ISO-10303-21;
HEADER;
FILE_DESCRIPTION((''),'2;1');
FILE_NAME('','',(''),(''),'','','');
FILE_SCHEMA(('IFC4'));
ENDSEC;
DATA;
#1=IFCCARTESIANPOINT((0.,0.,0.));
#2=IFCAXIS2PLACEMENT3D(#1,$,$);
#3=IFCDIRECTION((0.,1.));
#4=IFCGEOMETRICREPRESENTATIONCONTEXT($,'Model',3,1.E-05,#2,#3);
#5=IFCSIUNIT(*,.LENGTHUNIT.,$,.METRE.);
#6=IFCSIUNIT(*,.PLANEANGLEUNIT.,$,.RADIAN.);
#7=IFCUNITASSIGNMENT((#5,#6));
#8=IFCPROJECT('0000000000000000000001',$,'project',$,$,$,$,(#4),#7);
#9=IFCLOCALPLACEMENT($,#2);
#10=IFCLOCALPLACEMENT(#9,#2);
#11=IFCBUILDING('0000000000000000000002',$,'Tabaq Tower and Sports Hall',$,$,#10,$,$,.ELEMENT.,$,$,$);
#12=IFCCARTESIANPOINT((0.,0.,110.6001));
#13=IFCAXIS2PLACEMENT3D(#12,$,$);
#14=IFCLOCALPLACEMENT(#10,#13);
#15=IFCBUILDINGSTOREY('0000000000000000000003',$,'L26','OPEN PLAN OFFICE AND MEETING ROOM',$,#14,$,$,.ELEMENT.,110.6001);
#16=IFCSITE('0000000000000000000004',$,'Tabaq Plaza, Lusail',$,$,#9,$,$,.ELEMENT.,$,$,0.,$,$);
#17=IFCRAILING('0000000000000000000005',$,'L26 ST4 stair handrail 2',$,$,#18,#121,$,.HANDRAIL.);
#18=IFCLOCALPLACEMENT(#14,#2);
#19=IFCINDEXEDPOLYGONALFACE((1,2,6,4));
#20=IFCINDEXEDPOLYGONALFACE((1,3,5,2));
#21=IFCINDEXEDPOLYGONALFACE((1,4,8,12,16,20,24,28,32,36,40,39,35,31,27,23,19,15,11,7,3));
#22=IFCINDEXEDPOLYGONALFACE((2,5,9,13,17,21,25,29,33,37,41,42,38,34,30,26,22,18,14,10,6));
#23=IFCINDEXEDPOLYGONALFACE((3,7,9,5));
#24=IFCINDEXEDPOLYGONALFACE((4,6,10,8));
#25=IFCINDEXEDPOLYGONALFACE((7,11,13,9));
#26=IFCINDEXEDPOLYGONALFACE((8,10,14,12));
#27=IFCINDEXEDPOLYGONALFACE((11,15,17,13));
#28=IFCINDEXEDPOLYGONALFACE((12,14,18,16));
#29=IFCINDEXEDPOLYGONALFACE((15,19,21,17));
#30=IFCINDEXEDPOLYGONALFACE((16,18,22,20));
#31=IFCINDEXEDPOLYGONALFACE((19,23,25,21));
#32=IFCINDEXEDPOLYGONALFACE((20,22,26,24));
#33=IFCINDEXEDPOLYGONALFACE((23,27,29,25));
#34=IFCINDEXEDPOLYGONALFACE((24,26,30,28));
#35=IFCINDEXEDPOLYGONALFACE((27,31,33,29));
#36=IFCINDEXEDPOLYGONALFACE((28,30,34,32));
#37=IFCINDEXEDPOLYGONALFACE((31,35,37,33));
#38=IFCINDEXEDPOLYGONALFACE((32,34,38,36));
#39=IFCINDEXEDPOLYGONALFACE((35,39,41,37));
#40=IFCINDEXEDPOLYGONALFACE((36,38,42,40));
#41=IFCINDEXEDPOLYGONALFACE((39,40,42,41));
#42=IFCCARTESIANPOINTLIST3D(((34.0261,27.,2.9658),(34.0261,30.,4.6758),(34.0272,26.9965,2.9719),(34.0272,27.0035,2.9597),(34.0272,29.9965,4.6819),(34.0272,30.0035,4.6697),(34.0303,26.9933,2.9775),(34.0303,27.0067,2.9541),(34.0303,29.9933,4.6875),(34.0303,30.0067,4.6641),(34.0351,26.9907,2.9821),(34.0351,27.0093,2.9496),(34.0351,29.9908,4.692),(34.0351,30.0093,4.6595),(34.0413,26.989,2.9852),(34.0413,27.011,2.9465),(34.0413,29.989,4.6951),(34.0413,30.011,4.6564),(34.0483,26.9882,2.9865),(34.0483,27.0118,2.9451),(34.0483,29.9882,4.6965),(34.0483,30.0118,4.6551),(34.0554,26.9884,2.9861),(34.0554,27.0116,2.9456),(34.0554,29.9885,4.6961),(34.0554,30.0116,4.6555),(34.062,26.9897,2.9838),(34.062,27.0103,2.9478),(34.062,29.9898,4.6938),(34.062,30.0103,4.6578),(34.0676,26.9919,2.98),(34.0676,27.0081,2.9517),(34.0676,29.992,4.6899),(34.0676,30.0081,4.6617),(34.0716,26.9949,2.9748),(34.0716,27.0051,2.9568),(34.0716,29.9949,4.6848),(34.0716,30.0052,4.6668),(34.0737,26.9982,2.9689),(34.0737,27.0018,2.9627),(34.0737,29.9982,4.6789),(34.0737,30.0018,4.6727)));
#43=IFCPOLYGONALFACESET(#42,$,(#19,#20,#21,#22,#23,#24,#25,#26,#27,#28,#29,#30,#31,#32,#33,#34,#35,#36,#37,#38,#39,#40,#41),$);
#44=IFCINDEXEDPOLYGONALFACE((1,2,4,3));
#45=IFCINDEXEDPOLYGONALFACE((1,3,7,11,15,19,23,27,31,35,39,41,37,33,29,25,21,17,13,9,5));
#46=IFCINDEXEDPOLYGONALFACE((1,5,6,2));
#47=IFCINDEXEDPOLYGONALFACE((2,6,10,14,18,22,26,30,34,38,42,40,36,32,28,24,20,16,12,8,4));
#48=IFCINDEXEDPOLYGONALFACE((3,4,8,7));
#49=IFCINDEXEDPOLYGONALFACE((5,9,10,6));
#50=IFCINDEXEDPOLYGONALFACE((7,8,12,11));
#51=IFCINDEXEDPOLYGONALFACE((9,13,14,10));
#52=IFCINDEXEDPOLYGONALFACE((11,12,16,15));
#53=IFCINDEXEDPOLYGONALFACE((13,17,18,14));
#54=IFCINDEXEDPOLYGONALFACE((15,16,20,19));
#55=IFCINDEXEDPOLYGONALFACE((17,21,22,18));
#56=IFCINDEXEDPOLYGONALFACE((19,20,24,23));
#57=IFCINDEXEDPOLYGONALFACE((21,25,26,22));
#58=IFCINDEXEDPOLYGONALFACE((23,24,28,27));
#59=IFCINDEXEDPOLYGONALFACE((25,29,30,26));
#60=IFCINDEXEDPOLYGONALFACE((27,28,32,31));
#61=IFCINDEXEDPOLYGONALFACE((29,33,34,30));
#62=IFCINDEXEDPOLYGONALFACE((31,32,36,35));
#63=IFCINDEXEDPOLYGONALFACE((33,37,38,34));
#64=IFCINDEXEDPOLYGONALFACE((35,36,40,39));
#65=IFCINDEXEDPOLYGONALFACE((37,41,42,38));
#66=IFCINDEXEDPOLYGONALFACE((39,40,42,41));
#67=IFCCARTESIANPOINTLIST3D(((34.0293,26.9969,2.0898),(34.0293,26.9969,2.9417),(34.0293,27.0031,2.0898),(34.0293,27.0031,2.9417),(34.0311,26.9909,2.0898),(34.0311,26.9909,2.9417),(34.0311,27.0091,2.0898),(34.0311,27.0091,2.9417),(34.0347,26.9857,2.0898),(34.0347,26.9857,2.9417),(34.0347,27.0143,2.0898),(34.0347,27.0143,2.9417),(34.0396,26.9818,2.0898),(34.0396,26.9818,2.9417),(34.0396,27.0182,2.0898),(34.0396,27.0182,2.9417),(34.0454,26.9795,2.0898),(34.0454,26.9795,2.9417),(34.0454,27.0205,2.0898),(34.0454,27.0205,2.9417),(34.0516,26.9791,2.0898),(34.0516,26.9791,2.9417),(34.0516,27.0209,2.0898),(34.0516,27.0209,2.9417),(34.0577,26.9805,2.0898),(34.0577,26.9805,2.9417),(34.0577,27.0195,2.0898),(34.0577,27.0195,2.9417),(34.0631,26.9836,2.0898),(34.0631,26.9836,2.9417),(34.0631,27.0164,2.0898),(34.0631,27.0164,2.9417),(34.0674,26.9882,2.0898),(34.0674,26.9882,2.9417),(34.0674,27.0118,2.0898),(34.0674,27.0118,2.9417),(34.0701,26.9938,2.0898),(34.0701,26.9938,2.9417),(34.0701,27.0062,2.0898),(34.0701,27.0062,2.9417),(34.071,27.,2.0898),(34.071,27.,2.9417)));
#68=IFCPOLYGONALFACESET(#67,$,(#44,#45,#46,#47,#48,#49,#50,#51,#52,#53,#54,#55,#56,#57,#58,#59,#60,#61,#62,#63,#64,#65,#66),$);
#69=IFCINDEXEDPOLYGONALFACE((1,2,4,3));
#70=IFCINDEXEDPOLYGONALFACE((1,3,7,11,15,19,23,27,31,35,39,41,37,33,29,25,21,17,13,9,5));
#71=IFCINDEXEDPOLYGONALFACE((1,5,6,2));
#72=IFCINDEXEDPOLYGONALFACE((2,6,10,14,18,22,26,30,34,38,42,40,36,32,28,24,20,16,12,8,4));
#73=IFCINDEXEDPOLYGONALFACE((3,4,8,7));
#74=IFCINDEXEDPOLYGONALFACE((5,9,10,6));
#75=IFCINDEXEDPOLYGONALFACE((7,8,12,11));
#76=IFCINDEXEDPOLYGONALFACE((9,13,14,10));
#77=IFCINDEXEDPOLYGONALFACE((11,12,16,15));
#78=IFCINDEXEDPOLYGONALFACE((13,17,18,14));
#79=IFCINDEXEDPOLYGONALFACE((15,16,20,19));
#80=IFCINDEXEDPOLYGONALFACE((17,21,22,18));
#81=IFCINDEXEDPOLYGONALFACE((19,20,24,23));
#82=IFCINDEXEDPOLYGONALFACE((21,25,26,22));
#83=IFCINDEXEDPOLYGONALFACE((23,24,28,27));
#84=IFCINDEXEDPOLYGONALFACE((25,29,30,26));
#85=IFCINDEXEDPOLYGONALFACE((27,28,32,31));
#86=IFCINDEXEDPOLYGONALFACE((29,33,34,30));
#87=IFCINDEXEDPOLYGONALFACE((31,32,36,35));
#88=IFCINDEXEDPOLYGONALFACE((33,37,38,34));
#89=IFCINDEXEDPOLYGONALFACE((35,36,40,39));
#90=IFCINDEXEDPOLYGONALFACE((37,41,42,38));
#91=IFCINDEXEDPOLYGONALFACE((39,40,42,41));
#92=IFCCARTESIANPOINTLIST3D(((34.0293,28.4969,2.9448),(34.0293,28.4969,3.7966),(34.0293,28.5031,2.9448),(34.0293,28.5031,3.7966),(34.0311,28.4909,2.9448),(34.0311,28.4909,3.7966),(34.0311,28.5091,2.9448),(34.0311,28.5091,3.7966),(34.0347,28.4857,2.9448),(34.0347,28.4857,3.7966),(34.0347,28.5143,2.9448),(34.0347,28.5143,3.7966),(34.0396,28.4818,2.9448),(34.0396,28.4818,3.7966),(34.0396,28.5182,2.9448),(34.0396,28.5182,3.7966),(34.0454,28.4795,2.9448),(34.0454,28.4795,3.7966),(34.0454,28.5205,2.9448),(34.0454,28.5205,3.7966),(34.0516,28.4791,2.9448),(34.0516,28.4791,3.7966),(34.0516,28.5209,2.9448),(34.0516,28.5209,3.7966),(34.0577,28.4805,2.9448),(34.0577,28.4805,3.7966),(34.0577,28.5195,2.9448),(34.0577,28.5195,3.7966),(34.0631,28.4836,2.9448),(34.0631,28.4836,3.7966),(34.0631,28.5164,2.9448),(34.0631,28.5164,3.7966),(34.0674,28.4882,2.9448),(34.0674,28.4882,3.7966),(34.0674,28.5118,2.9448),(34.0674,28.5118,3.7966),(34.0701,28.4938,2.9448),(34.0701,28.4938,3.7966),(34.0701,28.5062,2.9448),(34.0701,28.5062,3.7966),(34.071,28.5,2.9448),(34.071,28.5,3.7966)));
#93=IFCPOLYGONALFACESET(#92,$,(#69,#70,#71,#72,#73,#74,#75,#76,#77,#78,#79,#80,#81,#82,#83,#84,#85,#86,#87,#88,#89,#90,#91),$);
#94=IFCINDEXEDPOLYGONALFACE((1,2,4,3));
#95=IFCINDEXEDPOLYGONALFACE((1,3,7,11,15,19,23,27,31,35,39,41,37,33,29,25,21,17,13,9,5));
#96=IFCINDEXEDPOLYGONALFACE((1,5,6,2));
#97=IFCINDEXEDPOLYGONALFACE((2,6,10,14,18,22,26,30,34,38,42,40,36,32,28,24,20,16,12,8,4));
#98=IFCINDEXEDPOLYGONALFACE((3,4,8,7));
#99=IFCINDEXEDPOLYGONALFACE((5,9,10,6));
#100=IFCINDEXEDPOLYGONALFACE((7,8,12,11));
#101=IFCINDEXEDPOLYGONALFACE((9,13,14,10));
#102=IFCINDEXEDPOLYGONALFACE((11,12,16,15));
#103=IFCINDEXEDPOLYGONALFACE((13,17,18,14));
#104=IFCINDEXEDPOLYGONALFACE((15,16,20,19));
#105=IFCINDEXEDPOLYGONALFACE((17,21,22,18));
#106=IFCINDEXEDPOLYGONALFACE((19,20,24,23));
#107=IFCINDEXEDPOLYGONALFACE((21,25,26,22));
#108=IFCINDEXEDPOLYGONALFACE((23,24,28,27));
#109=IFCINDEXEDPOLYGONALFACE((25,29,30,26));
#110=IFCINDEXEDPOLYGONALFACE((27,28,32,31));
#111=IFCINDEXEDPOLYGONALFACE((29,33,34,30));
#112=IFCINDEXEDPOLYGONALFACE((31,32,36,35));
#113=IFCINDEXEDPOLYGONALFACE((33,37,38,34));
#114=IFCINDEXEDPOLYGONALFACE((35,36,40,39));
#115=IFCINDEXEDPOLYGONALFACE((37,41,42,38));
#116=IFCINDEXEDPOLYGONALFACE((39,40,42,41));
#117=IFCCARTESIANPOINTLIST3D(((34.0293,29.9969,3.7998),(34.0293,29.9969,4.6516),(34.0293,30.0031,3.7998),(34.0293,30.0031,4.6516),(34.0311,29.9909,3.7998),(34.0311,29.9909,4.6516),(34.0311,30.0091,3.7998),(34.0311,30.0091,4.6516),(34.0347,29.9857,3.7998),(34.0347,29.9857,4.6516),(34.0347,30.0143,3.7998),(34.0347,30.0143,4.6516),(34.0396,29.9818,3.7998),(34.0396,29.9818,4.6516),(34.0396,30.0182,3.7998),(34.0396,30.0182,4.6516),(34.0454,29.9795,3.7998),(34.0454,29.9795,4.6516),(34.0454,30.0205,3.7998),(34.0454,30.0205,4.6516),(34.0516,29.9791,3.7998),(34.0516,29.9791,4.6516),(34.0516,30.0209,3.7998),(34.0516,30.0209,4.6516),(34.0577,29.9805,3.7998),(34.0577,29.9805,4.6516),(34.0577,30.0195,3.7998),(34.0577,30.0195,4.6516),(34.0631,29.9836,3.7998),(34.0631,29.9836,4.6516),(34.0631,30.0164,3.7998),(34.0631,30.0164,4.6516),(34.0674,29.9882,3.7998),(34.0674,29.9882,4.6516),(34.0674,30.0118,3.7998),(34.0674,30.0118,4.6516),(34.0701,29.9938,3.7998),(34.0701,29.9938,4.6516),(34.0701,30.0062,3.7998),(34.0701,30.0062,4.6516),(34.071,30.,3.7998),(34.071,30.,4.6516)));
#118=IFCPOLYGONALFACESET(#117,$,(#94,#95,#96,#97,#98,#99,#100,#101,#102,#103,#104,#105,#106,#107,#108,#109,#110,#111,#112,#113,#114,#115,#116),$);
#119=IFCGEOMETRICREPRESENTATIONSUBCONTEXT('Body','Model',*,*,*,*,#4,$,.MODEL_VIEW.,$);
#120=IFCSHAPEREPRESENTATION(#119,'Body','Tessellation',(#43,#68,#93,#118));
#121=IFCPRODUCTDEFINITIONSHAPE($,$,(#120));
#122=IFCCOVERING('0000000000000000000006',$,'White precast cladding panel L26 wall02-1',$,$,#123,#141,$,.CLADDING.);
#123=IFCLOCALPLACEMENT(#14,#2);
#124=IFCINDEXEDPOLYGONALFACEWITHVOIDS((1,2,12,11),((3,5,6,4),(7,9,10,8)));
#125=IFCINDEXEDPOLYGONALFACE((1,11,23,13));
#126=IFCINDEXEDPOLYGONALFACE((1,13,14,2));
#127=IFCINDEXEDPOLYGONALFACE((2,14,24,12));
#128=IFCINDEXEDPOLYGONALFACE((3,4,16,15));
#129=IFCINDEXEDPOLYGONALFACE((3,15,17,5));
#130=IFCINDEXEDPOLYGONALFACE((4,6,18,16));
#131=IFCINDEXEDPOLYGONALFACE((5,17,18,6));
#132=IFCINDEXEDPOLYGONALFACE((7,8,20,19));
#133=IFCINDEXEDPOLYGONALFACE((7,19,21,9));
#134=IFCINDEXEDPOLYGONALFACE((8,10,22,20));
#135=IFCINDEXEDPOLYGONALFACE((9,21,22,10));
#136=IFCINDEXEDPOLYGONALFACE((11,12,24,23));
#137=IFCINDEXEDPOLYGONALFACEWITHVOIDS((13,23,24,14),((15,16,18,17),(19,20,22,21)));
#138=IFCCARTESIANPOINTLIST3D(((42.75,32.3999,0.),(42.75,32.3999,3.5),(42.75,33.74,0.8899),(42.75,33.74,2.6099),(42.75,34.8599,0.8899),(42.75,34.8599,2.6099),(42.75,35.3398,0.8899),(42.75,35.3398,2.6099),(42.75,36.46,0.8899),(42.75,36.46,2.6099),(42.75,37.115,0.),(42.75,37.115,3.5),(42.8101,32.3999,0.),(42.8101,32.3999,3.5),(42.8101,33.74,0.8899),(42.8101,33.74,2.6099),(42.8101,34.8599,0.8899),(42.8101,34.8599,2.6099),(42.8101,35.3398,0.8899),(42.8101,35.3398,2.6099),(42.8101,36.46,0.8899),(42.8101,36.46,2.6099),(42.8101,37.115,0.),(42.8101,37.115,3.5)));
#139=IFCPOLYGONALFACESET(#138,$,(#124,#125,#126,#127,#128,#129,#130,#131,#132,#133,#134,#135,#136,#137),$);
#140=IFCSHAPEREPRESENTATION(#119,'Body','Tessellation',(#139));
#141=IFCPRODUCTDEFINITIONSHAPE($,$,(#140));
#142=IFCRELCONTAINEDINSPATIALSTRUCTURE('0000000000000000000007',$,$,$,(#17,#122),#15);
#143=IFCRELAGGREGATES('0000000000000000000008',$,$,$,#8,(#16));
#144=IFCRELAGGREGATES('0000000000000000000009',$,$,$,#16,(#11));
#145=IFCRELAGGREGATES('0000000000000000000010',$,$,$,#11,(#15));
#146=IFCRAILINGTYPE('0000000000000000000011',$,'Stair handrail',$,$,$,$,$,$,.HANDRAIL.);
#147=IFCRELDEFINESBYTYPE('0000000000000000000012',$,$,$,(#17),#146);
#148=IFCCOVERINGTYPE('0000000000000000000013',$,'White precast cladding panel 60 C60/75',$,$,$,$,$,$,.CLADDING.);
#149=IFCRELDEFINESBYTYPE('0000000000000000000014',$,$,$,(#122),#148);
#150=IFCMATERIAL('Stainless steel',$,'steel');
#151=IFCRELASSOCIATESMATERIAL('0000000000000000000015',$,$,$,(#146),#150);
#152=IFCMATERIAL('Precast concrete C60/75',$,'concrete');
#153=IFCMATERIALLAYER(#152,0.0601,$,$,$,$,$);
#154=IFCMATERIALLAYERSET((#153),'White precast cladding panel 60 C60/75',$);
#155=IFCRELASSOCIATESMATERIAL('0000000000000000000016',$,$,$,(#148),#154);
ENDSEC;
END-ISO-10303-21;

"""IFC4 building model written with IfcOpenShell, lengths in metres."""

from ifc_helpers import new_model, si_unit, direction, frame, origin, origin_2d, place, context, subcontext, project, spatial, polyline, circle, outline, extrude, material, layer, layer_set, type_object, element, save


model = new_model("IFC4")

# Units and contexts
model_context = context("Model", 3, precision=1e-05, world=origin(), true_north=direction((0.0, 1.0)))
body_context = subcontext(model_context, "Body", "Model", "MODEL_VIEW")
ifc_project = project(units=[si_unit("LENGTHUNIT", "METRE"), si_unit("PLANEANGLEUNIT", "RADIAN")], contexts=[model_context])

# Site, building, storey
site_placement = place(None, origin())
site = spatial("IfcSite", under=ifc_project, at=site_placement, Name="Tabaq Plaza, Lusail", CompositionType="ELEMENT", RefElevation=0.0)
building_placement = place(site_placement, origin())
building = spatial("IfcBuilding", under=site, at=building_placement, Name="Tabaq Tower and Sports Hall", CompositionType="ELEMENT")
storey_placement = place(building_placement, frame((0.0, 0.0, 110.6001)))
storey = spatial("IfcBuildingStorey", under=building, at=storey_placement, Name="L26", Description="OPEN PLAN OFFICE AND MEETING ROOM", CompositionType="ELEMENT", Elevation=110.6001)

# Railing
ifc_material_1 = material(Name="Stainless steel", Category="steel")
railing_type_1 = type_object("IfcRailingType", Name="Stair handrail", PredefinedType="HANDRAIL", material=ifc_material_1)
railing_1_placement = place(storey_placement, frame((34.05, 27.0, 2.0898)))
element("IfcRailing", 1, at=railing_1_placement, inside=storey, type_object=railing_type_1, Name="L26 ST4 stair handrail 2", PredefinedType="HANDRAIL", context=body_context, shape_type="SweptSolid", body=[
    extrude(circle(Radius=0.0239, at=origin_2d()), frame((0.0, 0.0, 0.876), z_axis=(0.0, 0.868782, 0.495195), x_axis=(-1.0, 0.0, 0.0)), (0.0, 0.0, 1.0), 3.4531),
    extrude(circle(Radius=0.021, at=origin_2d()), origin(), (0.0, 0.0, 1.0), 0.8518),
    extrude(circle(Radius=0.021, at=origin_2d()), frame((0.0, 1.5, 0.855)), (0.0, 0.0, 1.0), 0.8518),
    extrude(circle(Radius=0.021, at=origin_2d()), frame((0.0, 3.0, 1.71)), (0.0, 0.0, 1.0), 0.8518),
])

# Covering
ifc_material_2 = material(Name="Precast concrete C60/75", Category="concrete")
ifc_layer_1 = layer(ifc_material_2, 0.0601)
ifc_layer_set_1 = layer_set([ifc_layer_1], Name="White precast cladding panel 60 C60/75")
covering_type = type_object("IfcCoveringType", Name="White precast cladding panel 60 C60/75", PredefinedType="CLADDING", material=ifc_layer_set_1)
covering_placement = place(storey_placement, frame((42.78, 32.3999, 0.0), z_axis=(0.0, 0.0, 1.0), x_axis=(0.0, 1.0, 0.0)))
element("IfcCovering", 2, at=covering_placement, inside=storey, type_object=covering_type, Name="White precast cladding panel L26 wall02-1", PredefinedType="CLADDING", context=body_context, shape_type="SweptSolid", body=[
    extrude(outline(polyline([(0.0, 0.0), (4.7151, 0.0), (4.7151, 3.5), (0.0, 3.5), (0.0, 0.0)]), holes=[polyline([(1.3401, 2.6099), (2.46, 2.6099), (2.46, 0.8899), (1.3401, 0.8899), (1.3401, 2.6099)]), polyline([(2.9399, 2.6099), (4.0601, 2.6099), (4.0601, 0.8899), (2.9399, 0.8899), (2.9399, 2.6099)])]), frame((0.0, 0.03, 0.0), z_axis=(0.0, -1.0, 0.0), x_axis=(1.0, 0.0, 0.0)), (0.0, 0.0, 1.0), 0.0601),
])

save(model, "model.ifc")
